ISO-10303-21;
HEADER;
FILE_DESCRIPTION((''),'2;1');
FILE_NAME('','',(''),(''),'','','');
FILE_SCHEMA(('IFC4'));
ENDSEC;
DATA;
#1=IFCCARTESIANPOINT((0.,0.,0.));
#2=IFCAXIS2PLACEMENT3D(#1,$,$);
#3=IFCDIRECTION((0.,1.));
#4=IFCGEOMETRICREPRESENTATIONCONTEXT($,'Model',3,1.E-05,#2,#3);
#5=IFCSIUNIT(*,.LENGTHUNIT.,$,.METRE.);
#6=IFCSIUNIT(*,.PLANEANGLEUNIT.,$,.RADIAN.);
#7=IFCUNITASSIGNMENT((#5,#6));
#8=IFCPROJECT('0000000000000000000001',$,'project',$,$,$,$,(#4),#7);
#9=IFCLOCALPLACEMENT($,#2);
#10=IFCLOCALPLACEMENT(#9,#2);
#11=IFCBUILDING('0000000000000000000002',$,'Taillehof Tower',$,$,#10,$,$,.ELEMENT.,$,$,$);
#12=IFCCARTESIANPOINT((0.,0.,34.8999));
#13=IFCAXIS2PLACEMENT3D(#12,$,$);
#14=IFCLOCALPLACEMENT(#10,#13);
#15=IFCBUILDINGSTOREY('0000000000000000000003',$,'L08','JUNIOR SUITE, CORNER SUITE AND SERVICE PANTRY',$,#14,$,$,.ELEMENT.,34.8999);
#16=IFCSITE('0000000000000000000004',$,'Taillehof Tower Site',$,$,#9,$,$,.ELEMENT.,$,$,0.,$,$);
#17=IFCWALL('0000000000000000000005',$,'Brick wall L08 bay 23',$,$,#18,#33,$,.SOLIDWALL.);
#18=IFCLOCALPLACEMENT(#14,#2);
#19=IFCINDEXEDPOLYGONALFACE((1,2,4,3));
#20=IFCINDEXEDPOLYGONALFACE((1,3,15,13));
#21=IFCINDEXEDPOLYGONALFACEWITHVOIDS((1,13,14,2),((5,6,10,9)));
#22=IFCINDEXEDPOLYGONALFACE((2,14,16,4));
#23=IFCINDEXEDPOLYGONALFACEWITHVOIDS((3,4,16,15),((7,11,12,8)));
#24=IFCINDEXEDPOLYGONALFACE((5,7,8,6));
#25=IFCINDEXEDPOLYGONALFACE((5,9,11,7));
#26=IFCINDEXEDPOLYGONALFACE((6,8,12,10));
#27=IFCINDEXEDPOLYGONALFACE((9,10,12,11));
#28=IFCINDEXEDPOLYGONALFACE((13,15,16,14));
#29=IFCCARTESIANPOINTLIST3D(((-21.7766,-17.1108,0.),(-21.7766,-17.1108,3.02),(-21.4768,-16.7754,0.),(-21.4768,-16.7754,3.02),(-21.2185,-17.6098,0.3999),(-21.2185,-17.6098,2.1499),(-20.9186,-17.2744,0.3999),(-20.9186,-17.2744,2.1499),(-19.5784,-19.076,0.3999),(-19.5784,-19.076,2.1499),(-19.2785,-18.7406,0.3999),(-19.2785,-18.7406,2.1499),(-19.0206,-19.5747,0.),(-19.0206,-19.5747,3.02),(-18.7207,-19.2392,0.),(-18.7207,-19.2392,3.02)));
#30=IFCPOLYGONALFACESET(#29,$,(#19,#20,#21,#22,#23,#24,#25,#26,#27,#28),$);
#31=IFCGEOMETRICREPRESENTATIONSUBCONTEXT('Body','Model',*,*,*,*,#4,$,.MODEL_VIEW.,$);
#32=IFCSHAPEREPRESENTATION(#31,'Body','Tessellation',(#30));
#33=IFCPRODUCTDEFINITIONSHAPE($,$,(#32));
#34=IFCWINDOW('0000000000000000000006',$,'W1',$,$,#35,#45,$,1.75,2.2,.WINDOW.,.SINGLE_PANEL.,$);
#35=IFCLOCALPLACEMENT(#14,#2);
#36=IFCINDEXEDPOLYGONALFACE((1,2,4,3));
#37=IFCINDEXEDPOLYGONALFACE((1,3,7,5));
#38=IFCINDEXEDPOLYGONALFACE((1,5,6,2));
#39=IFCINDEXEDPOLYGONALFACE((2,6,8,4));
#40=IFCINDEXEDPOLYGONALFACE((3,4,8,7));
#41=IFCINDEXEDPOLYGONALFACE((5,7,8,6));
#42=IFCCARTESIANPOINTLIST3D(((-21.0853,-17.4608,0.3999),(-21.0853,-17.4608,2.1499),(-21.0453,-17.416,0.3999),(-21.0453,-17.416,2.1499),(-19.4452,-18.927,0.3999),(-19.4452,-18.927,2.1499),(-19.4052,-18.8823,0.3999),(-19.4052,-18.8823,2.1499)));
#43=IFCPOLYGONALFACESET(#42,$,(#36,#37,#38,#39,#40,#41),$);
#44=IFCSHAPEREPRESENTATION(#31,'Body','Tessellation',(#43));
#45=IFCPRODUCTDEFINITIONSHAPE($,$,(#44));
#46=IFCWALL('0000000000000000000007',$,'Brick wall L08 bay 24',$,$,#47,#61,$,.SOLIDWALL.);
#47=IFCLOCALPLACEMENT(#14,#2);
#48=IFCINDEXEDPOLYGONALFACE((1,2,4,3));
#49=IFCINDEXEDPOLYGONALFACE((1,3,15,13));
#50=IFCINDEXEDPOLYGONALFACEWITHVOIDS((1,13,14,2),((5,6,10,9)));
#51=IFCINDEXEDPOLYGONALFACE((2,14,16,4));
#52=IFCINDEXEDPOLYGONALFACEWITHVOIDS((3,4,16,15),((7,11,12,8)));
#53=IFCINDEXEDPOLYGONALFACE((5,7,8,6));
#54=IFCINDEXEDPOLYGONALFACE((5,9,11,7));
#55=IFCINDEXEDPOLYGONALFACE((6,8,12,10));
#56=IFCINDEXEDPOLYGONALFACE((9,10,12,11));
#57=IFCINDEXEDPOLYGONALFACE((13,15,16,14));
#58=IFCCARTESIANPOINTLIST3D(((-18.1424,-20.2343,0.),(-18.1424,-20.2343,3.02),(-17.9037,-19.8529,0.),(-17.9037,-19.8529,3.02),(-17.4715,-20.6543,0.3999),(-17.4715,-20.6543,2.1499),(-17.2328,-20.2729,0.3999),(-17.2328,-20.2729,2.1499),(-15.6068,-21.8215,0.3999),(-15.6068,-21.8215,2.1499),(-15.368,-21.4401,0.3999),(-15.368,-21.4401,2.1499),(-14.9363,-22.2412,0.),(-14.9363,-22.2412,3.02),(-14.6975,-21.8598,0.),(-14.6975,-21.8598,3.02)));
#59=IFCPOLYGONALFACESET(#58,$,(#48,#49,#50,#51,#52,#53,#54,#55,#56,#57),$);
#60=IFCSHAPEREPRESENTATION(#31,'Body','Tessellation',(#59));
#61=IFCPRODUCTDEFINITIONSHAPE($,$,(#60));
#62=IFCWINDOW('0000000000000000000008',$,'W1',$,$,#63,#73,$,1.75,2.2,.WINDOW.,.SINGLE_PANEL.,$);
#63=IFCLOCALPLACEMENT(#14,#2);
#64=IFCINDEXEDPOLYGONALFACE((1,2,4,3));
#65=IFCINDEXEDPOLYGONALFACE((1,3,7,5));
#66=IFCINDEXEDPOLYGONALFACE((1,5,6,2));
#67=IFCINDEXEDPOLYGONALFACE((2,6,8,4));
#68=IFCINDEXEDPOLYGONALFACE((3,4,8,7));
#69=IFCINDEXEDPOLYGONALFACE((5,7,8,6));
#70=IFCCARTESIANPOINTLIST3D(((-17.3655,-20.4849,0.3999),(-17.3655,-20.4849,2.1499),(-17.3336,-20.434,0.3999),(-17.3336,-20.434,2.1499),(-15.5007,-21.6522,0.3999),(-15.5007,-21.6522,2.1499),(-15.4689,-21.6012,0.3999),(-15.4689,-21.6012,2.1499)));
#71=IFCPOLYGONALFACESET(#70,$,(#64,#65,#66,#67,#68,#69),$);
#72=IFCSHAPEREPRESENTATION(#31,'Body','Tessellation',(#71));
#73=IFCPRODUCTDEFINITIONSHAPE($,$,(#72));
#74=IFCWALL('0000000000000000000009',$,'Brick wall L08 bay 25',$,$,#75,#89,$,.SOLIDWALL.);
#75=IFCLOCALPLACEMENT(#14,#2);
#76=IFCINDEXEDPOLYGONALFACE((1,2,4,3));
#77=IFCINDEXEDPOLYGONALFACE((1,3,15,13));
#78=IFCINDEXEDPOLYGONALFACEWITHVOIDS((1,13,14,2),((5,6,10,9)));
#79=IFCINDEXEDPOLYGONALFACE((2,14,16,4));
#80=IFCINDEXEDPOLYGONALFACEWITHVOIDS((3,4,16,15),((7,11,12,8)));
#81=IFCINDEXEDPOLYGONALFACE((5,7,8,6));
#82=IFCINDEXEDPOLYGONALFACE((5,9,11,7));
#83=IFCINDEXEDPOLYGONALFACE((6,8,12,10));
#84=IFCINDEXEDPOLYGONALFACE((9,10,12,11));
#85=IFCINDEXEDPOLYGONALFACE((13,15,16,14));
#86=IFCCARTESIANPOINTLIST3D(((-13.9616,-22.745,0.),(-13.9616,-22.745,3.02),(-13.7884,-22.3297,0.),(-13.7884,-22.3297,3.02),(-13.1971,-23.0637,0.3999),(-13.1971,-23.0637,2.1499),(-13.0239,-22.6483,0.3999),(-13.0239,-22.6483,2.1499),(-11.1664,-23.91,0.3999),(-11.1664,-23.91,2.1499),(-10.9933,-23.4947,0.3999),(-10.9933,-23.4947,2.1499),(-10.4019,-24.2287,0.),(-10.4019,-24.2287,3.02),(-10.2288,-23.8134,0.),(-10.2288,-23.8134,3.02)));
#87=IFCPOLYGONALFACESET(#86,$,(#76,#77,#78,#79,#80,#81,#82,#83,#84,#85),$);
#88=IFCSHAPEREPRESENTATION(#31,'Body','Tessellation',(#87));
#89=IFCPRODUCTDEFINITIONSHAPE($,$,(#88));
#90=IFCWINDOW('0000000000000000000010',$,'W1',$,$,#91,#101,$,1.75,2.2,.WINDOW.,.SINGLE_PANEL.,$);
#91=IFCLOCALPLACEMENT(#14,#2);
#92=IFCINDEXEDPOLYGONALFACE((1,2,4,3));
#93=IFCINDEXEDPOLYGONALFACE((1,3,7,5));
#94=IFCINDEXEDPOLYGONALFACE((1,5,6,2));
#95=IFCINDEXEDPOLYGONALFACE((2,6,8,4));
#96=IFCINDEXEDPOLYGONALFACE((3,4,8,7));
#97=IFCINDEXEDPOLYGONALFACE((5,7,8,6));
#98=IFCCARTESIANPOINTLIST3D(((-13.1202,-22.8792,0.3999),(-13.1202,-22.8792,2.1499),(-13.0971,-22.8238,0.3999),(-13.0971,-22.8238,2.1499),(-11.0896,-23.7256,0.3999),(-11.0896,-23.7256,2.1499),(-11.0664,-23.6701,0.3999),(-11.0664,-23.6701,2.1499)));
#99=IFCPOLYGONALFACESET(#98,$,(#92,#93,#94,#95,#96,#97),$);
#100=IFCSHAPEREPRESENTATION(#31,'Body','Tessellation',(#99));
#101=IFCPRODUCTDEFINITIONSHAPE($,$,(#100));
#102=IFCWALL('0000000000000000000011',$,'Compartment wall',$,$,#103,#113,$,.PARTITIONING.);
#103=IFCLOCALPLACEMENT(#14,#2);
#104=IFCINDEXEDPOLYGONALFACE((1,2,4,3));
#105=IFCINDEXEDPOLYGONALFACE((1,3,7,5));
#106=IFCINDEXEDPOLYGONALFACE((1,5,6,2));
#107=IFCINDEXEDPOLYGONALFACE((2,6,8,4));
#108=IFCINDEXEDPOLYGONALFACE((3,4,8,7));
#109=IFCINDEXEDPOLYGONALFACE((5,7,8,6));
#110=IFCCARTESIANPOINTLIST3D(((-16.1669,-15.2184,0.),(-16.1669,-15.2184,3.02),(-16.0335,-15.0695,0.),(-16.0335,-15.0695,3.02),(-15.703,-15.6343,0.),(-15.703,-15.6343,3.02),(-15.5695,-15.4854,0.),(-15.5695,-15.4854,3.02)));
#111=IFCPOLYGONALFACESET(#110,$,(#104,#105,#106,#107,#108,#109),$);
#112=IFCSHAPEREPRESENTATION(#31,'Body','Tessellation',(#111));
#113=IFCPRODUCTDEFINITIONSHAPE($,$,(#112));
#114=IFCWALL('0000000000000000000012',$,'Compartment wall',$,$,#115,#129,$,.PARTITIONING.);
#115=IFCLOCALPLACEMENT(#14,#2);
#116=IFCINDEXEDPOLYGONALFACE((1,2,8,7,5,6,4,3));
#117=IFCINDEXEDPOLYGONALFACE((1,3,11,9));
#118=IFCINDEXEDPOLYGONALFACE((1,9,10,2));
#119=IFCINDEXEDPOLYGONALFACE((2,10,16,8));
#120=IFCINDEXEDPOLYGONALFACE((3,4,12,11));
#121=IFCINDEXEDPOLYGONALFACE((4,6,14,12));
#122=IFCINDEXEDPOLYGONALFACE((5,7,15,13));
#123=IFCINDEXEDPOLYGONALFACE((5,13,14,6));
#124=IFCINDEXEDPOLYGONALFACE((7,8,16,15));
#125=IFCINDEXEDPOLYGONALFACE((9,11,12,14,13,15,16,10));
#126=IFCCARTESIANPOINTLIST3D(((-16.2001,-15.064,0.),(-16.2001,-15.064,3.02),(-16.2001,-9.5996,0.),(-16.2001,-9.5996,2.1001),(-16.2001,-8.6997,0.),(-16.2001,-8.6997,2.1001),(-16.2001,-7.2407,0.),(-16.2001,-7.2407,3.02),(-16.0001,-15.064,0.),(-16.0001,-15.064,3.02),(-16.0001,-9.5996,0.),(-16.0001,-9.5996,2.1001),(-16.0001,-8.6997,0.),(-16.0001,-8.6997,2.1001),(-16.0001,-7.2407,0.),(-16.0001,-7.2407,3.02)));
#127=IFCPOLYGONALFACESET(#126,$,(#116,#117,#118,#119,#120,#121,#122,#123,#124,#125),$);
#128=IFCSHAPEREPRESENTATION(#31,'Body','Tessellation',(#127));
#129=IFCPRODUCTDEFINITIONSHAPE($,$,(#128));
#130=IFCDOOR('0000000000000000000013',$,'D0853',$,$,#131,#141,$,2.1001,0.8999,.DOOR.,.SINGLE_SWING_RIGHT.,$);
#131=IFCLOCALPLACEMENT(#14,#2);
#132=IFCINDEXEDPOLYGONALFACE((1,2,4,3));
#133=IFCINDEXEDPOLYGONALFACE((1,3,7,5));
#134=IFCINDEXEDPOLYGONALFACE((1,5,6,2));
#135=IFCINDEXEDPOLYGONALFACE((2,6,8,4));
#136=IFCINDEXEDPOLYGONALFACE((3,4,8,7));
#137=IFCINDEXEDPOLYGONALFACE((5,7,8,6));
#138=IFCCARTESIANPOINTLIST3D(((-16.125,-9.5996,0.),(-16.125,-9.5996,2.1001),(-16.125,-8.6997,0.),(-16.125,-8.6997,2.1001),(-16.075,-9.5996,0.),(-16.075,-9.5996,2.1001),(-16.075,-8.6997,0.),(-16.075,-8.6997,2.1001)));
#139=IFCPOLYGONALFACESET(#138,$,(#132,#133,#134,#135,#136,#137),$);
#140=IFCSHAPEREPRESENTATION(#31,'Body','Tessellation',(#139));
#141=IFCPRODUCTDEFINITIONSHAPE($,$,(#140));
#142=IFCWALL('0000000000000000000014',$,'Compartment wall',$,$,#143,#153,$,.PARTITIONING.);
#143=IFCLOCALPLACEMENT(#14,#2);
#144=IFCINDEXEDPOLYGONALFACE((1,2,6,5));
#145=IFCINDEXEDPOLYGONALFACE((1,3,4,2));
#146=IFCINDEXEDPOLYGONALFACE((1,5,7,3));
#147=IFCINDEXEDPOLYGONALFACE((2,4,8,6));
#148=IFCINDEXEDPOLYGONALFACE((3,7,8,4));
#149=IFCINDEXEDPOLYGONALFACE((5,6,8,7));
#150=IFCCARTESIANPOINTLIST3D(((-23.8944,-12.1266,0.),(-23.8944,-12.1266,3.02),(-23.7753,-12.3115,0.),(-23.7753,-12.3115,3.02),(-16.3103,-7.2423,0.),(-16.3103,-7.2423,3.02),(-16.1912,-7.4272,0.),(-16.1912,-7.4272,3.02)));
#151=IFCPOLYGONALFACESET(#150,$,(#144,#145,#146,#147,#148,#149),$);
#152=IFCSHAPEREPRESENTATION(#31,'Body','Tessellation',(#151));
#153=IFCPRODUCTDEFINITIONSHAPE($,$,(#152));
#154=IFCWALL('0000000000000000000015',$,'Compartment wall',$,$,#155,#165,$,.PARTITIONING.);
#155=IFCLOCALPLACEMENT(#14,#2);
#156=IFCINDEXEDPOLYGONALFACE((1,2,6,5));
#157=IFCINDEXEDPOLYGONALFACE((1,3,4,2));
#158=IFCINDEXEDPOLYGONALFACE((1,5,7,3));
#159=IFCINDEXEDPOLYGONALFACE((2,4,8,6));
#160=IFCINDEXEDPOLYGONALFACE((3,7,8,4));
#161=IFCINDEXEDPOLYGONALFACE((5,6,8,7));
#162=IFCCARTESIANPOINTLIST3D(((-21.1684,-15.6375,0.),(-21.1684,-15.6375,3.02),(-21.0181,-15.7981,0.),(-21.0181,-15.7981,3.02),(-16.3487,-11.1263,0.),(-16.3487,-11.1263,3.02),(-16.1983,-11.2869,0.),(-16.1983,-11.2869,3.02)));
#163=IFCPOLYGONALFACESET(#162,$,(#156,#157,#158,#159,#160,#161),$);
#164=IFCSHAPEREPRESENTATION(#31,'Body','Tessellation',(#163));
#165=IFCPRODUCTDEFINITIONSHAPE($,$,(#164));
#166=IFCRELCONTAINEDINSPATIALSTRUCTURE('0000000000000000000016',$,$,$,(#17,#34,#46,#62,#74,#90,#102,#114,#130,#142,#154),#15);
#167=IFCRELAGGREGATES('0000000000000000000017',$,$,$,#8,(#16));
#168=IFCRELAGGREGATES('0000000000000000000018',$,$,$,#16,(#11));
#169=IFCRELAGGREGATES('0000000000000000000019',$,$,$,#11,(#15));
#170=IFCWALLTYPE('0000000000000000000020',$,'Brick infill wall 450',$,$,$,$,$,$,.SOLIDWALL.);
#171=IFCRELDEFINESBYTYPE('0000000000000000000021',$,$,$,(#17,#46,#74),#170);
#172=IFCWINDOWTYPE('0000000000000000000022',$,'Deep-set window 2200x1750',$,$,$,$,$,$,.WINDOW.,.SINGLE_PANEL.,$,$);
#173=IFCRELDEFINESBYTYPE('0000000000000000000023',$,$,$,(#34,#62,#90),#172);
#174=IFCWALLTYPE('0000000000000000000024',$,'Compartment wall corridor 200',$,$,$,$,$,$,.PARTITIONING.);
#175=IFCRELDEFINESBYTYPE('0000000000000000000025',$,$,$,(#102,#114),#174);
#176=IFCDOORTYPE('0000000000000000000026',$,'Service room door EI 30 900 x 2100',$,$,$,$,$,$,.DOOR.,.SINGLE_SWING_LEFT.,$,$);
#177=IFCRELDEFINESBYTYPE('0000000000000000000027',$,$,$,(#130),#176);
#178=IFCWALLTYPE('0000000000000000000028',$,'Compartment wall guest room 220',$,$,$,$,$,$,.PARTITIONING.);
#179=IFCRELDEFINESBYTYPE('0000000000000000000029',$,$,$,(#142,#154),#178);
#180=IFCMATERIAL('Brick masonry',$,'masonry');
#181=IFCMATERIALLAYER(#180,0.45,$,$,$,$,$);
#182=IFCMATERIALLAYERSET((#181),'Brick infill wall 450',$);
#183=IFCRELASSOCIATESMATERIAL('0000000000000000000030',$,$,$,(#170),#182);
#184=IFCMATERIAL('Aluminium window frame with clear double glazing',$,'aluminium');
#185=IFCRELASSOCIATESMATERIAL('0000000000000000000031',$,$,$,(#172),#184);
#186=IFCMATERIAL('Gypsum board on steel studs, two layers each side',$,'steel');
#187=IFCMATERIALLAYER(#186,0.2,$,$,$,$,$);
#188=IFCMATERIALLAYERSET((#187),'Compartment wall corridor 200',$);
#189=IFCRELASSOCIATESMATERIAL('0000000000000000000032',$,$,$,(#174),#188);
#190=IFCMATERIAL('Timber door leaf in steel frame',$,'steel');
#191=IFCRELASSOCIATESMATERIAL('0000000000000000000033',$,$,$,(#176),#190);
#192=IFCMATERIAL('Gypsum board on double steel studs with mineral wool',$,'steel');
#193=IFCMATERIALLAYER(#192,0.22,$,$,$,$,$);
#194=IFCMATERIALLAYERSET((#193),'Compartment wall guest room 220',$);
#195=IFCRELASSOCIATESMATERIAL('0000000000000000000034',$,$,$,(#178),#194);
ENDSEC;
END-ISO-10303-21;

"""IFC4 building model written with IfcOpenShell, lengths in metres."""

from ifc_helpers import new_model, si_unit, direction, frame, frame_2d, origin, place, context, subcontext, project, spatial, rectangle, extrude, material, layer, layer_set, type_object, element, fill, save


model = new_model("IFC4")

# Units and contexts
model_context = context("Model", 3, precision=1e-05, world=origin(), true_north=direction((0.0, 1.0)))
body_context = subcontext(model_context, "Body", "Model", "MODEL_VIEW")
ifc_project = project(units=[si_unit("LENGTHUNIT", "METRE"), si_unit("PLANEANGLEUNIT", "RADIAN")], contexts=[model_context])

# Site, building, storey
site_placement = place(None, origin())
site = spatial("IfcSite", under=ifc_project, at=site_placement, Name="Taillehof Tower Site", CompositionType="ELEMENT", RefElevation=0.0)
building_placement = place(site_placement, origin())
building = spatial("IfcBuilding", under=site, at=building_placement, Name="Taillehof Tower", CompositionType="ELEMENT")
storey_placement = place(building_placement, frame((0.0, 0.0, 34.8999)))
storey = spatial("IfcBuildingStorey", under=building, at=storey_placement, Name="L08", Description="JUNIOR SUITE, CORNER SUITE AND SERVICE PANTRY", CompositionType="ELEMENT", Elevation=34.8999)

# Walls, openings, windows
ifc_material_1 = material(Name="Brick masonry", Category="masonry")
ifc_layer_1 = layer(ifc_material_1, 0.45)
ifc_layer_set_1 = layer_set([ifc_layer_1], Name="Brick infill wall 450")
wall_type_1 = type_object("IfcWallType", Name="Brick infill wall 450", PredefinedType="SOLIDWALL", material=ifc_layer_set_1)
ifc_material_2 = material(Name="Aluminium window frame with clear double glazing", Category="aluminium")
window_type = type_object("IfcWindowType", Name="Deep-set window 2200x1750", PartitioningType="SINGLE_PANEL", PredefinedType="WINDOW", material=ifc_material_2)
wall_1_placement = place(storey_placement, frame((-21.6267, -16.9431, 0.0), z_axis=(0.0, 0.0, 1.0), x_axis=(0.745526, -0.666476, 0.0)))
wall_1 = element("IfcWall", 1, at=wall_1_placement, inside=storey, type_object=wall_type_1, Name="Brick wall L08 bay 23", PredefinedType="SOLIDWALL", context=body_context, shape_type="SweptSolid", body=[
    extrude(rectangle(XDim=3.6968, YDim=0.45, at=frame_2d((1.8484, 0.0))), origin(), (0.0, 0.0, 1.0), 3.02),
])
opening_1_placement = place(wall_1_placement, frame((0.7485, 0.0, 0.3999)))
opening_1 = element("IfcOpeningElement", 2, at=opening_1_placement, cuts=wall_1, PredefinedType="OPENING", context=body_context, shape_type="SweptSolid", body=[
    extrude(rectangle(XDim=2.2, YDim=1.75, at=frame_2d((1.1001, 0.875))), frame((0.0, 0.2349, 0.0), z_axis=(0.0, -1.0, 0.0), x_axis=(1.0, 0.0, 0.0)), (0.0, 0.0, 1.0), 0.47),
])
window_1_placement = place(opening_1_placement, origin())
window_1 = element("IfcWindow", 3, at=window_1_placement, inside=storey, type_object=window_type, Name="W1", OverallHeight=1.75, OverallWidth=2.2, PartitioningType="SINGLE_PANEL", PredefinedType="WINDOW", context=body_context, shape_type="SweptSolid", body=[
    extrude(rectangle(XDim=2.2, YDim=1.75, at=frame_2d((1.1001, 0.875))), frame((0.0, 0.0349, 0.0), z_axis=(0.0, -1.0, 0.0), x_axis=(1.0, 0.0, 0.0)), (0.0, 0.0, 1.0), 0.0601),
])
fill(opening_1, window_1)
wall_2_placement = place(storey_placement, frame((-18.0229, -20.0437, 0.0), z_axis=(0.0, 0.0, 1.0), x_axis=(0.847635, -0.530579, 0.0)))
wall_2 = element("IfcWall", 4, at=wall_2_placement, inside=storey, type_object=wall_type_1, Name="Brick wall L08 bay 24", PredefinedType="SOLIDWALL", context=body_context, shape_type="SweptSolid", body=[
    extrude(rectangle(XDim=3.7825, YDim=0.45, at=frame_2d((1.8911, 0.0))), origin(), (0.0, 0.0, 1.0), 3.02),
])
opening_2_placement = place(wall_2_placement, frame((0.7913, 0.0, 0.3999)))
opening_2 = element("IfcOpeningElement", 5, at=opening_2_placement, cuts=wall_2, PredefinedType="OPENING", context=body_context, shape_type="SweptSolid", body=[
    extrude(rectangle(XDim=2.2, YDim=1.75, at=frame_2d((1.1001, 0.875))), frame((0.0, 0.2349, 0.0), z_axis=(0.0, -1.0, 0.0), x_axis=(1.0, 0.0, 0.0)), (0.0, 0.0, 1.0), 0.47),
])
window_2_placement = place(opening_2_placement, origin())
window_2 = element("IfcWindow", 6, at=window_2_placement, inside=storey, type_object=window_type, Name="W1", OverallHeight=1.75, OverallWidth=2.2, PartitioningType="SINGLE_PANEL", PredefinedType="WINDOW", context=body_context, shape_type="SweptSolid", body=[
    extrude(rectangle(XDim=2.2, YDim=1.75, at=frame_2d((1.1001, 0.875))), frame((0.0, 0.0349, 0.0), z_axis=(0.0, -1.0, 0.0), x_axis=(1.0, 0.0, 0.0)), (0.0, 0.0, 1.0), 0.0601),
])
fill(opening_2, window_2)
wall_3_placement = place(storey_placement, frame((-13.875, -22.5374, 0.0), z_axis=(0.0, 0.0, 1.0), x_axis=(0.923032, -0.384723, 0.0)))
wall_3 = element("IfcWall", 7, at=wall_3_placement, inside=storey, type_object=wall_type_1, Name="Brick wall L08 bay 25", PredefinedType="SOLIDWALL", context=body_context, shape_type="SweptSolid", body=[
    extrude(rectangle(XDim=3.8564, YDim=0.45, at=frame_2d((1.9282, 0.0))), origin(), (0.0, 0.0, 1.0), 3.02),
])
opening_3_placement = place(wall_3_placement, frame((0.8281, 0.0, 0.3999)))
opening_3 = element("IfcOpeningElement", 8, at=opening_3_placement, cuts=wall_3, PredefinedType="OPENING", context=body_context, shape_type="SweptSolid", body=[
    extrude(rectangle(XDim=2.2, YDim=1.75, at=frame_2d((1.1001, 0.875))), frame((0.0, 0.2349, 0.0), z_axis=(0.0, -1.0, 0.0), x_axis=(1.0, 0.0, 0.0)), (0.0, 0.0, 1.0), 0.47),
])
window_3_placement = place(opening_3_placement, origin())
window_3 = element("IfcWindow", 9, at=window_3_placement, inside=storey, type_object=window_type, Name="W1", OverallHeight=1.75, OverallWidth=2.2, PartitioningType="SINGLE_PANEL", PredefinedType="WINDOW", context=body_context, shape_type="SweptSolid", body=[
    extrude(rectangle(XDim=2.2, YDim=1.75, at=frame_2d((1.1001, 0.875))), frame((0.0, 0.0349, 0.0), z_axis=(0.0, -1.0, 0.0), x_axis=(1.0, 0.0, 0.0)), (0.0, 0.0, 1.0), 0.0601),
])
fill(opening_3, window_3)

# Wall
ifc_material_3 = material(Name="Gypsum board on steel studs, two layers each side", Category="steel")
ifc_layer_2 = layer(ifc_material_3, 0.2)
ifc_layer_set_2 = layer_set([ifc_layer_2], Name="Compartment wall corridor 200")
wall_type_2 = type_object("IfcWallType", Name="Compartment wall corridor 200", PredefinedType="PARTITIONING", material=ifc_layer_set_2)
wall_4_placement = place(storey_placement, frame((-15.6362, -15.5598, 0.0), z_axis=(0.0, 0.0, 1.0), x_axis=(-0.744657, 0.667448, 0.0)))
element("IfcWall", 10, at=wall_4_placement, inside=storey, type_object=wall_type_2, Name="Compartment wall", PredefinedType="PARTITIONING", context=body_context, shape_type="SweptSolid", body=[
    extrude(rectangle(XDim=0.623, YDim=0.2, at=frame_2d((0.3115, 0.0))), origin(), (0.0, 0.0, 1.0), 3.02),
])

# Wall, opening, door
wall_5_placement = place(storey_placement, frame((-16.1001, -15.064, 0.0), z_axis=(0.0, 0.0, 1.0), x_axis=(0.0, 1.0, 0.0)))
wall_5 = element("IfcWall", 11, at=wall_5_placement, inside=storey, type_object=wall_type_2, Name="Compartment wall", PredefinedType="PARTITIONING", context=body_context, shape_type="SweptSolid", body=[
    extrude(rectangle(XDim=7.8232, YDim=0.2, at=frame_2d((3.9116, 0.0))), origin(), (0.0, 0.0, 1.0), 3.02),
])
opening_4_placement = place(wall_5_placement, frame((5.4644, 0.0, 0.0)))
opening_4 = element("IfcOpeningElement", 12, at=opening_4_placement, cuts=wall_5, PredefinedType="OPENING", context=body_context, shape_type="SweptSolid", body=[
    extrude(rectangle(XDim=0.8999, YDim=2.1001, at=frame_2d((0.45, 1.05))), frame((0.0, 0.1099, 0.0), z_axis=(0.0, -1.0, 0.0), x_axis=(1.0, 0.0, 0.0)), (0.0, 0.0, 1.0), 0.22),
])
ifc_material_4 = material(Name="Timber door leaf in steel frame", Category="steel")
door_type = type_object("IfcDoorType", Name="Service room door EI 30 900 x 2100", OperationType="SINGLE_SWING_LEFT", PredefinedType="DOOR", material=ifc_material_4)
door_placement = place(opening_4_placement, origin())
door = element("IfcDoor", 13, at=door_placement, inside=storey, type_object=door_type, Name="D0853", OperationType="SINGLE_SWING_RIGHT", OverallHeight=2.1001, OverallWidth=0.8999, PredefinedType="DOOR", context=body_context, shape_type="SweptSolid", body=[
    extrude(rectangle(XDim=0.8999, YDim=2.1001, at=frame_2d((0.45, 1.05))), frame((0.0, 0.0249, 0.0), z_axis=(0.0, -1.0, 0.0), x_axis=(1.0, 0.0, 0.0)), (0.0, 0.0, 1.0), 0.05),
])
fill(opening_4, door)

# Walls
ifc_material_5 = material(Name="Gypsum board on double steel studs with mineral wool", Category="steel")
ifc_layer_3 = layer(ifc_material_5, 0.22)
ifc_layer_set_3 = layer_set([ifc_layer_3], Name="Compartment wall guest room 220")
wall_type_3 = type_object("IfcWallType", Name="Compartment wall guest room 220", PredefinedType="PARTITIONING", material=ifc_layer_set_3)
wall_6_placement = place(storey_placement, frame((-23.8347, -12.219, 0.0), z_axis=(0.0, 0.0, 1.0), x_axis=(0.840731, 0.541452, 0.0)))
element("IfcWall", 14, at=wall_6_placement, inside=storey, type_object=wall_type_3, Name="Compartment wall", PredefinedType="PARTITIONING", context=body_context, shape_type="SweptSolid", body=[
    extrude(rectangle(XDim=9.0208, YDim=0.22, at=frame_2d((4.5103, 0.0))), origin(), (0.0, 0.0, 1.0), 3.02),
])
wall_7_placement = place(storey_placement, frame((-21.0933, -15.7178, 0.0), z_axis=(0.0, 0.0, 1.0), x_axis=(0.730093, 0.683348, 0.0)))
element("IfcWall", 15, at=wall_7_placement, inside=storey, type_object=wall_type_3, Name="Compartment wall", PredefinedType="PARTITIONING", context=body_context, shape_type="SweptSolid", body=[
    extrude(rectangle(XDim=6.6016, YDim=0.22, at=frame_2d((3.3008, 0.0))), origin(), (0.0, 0.0, 1.0), 3.02),
])

save(model, "model.ifc")
